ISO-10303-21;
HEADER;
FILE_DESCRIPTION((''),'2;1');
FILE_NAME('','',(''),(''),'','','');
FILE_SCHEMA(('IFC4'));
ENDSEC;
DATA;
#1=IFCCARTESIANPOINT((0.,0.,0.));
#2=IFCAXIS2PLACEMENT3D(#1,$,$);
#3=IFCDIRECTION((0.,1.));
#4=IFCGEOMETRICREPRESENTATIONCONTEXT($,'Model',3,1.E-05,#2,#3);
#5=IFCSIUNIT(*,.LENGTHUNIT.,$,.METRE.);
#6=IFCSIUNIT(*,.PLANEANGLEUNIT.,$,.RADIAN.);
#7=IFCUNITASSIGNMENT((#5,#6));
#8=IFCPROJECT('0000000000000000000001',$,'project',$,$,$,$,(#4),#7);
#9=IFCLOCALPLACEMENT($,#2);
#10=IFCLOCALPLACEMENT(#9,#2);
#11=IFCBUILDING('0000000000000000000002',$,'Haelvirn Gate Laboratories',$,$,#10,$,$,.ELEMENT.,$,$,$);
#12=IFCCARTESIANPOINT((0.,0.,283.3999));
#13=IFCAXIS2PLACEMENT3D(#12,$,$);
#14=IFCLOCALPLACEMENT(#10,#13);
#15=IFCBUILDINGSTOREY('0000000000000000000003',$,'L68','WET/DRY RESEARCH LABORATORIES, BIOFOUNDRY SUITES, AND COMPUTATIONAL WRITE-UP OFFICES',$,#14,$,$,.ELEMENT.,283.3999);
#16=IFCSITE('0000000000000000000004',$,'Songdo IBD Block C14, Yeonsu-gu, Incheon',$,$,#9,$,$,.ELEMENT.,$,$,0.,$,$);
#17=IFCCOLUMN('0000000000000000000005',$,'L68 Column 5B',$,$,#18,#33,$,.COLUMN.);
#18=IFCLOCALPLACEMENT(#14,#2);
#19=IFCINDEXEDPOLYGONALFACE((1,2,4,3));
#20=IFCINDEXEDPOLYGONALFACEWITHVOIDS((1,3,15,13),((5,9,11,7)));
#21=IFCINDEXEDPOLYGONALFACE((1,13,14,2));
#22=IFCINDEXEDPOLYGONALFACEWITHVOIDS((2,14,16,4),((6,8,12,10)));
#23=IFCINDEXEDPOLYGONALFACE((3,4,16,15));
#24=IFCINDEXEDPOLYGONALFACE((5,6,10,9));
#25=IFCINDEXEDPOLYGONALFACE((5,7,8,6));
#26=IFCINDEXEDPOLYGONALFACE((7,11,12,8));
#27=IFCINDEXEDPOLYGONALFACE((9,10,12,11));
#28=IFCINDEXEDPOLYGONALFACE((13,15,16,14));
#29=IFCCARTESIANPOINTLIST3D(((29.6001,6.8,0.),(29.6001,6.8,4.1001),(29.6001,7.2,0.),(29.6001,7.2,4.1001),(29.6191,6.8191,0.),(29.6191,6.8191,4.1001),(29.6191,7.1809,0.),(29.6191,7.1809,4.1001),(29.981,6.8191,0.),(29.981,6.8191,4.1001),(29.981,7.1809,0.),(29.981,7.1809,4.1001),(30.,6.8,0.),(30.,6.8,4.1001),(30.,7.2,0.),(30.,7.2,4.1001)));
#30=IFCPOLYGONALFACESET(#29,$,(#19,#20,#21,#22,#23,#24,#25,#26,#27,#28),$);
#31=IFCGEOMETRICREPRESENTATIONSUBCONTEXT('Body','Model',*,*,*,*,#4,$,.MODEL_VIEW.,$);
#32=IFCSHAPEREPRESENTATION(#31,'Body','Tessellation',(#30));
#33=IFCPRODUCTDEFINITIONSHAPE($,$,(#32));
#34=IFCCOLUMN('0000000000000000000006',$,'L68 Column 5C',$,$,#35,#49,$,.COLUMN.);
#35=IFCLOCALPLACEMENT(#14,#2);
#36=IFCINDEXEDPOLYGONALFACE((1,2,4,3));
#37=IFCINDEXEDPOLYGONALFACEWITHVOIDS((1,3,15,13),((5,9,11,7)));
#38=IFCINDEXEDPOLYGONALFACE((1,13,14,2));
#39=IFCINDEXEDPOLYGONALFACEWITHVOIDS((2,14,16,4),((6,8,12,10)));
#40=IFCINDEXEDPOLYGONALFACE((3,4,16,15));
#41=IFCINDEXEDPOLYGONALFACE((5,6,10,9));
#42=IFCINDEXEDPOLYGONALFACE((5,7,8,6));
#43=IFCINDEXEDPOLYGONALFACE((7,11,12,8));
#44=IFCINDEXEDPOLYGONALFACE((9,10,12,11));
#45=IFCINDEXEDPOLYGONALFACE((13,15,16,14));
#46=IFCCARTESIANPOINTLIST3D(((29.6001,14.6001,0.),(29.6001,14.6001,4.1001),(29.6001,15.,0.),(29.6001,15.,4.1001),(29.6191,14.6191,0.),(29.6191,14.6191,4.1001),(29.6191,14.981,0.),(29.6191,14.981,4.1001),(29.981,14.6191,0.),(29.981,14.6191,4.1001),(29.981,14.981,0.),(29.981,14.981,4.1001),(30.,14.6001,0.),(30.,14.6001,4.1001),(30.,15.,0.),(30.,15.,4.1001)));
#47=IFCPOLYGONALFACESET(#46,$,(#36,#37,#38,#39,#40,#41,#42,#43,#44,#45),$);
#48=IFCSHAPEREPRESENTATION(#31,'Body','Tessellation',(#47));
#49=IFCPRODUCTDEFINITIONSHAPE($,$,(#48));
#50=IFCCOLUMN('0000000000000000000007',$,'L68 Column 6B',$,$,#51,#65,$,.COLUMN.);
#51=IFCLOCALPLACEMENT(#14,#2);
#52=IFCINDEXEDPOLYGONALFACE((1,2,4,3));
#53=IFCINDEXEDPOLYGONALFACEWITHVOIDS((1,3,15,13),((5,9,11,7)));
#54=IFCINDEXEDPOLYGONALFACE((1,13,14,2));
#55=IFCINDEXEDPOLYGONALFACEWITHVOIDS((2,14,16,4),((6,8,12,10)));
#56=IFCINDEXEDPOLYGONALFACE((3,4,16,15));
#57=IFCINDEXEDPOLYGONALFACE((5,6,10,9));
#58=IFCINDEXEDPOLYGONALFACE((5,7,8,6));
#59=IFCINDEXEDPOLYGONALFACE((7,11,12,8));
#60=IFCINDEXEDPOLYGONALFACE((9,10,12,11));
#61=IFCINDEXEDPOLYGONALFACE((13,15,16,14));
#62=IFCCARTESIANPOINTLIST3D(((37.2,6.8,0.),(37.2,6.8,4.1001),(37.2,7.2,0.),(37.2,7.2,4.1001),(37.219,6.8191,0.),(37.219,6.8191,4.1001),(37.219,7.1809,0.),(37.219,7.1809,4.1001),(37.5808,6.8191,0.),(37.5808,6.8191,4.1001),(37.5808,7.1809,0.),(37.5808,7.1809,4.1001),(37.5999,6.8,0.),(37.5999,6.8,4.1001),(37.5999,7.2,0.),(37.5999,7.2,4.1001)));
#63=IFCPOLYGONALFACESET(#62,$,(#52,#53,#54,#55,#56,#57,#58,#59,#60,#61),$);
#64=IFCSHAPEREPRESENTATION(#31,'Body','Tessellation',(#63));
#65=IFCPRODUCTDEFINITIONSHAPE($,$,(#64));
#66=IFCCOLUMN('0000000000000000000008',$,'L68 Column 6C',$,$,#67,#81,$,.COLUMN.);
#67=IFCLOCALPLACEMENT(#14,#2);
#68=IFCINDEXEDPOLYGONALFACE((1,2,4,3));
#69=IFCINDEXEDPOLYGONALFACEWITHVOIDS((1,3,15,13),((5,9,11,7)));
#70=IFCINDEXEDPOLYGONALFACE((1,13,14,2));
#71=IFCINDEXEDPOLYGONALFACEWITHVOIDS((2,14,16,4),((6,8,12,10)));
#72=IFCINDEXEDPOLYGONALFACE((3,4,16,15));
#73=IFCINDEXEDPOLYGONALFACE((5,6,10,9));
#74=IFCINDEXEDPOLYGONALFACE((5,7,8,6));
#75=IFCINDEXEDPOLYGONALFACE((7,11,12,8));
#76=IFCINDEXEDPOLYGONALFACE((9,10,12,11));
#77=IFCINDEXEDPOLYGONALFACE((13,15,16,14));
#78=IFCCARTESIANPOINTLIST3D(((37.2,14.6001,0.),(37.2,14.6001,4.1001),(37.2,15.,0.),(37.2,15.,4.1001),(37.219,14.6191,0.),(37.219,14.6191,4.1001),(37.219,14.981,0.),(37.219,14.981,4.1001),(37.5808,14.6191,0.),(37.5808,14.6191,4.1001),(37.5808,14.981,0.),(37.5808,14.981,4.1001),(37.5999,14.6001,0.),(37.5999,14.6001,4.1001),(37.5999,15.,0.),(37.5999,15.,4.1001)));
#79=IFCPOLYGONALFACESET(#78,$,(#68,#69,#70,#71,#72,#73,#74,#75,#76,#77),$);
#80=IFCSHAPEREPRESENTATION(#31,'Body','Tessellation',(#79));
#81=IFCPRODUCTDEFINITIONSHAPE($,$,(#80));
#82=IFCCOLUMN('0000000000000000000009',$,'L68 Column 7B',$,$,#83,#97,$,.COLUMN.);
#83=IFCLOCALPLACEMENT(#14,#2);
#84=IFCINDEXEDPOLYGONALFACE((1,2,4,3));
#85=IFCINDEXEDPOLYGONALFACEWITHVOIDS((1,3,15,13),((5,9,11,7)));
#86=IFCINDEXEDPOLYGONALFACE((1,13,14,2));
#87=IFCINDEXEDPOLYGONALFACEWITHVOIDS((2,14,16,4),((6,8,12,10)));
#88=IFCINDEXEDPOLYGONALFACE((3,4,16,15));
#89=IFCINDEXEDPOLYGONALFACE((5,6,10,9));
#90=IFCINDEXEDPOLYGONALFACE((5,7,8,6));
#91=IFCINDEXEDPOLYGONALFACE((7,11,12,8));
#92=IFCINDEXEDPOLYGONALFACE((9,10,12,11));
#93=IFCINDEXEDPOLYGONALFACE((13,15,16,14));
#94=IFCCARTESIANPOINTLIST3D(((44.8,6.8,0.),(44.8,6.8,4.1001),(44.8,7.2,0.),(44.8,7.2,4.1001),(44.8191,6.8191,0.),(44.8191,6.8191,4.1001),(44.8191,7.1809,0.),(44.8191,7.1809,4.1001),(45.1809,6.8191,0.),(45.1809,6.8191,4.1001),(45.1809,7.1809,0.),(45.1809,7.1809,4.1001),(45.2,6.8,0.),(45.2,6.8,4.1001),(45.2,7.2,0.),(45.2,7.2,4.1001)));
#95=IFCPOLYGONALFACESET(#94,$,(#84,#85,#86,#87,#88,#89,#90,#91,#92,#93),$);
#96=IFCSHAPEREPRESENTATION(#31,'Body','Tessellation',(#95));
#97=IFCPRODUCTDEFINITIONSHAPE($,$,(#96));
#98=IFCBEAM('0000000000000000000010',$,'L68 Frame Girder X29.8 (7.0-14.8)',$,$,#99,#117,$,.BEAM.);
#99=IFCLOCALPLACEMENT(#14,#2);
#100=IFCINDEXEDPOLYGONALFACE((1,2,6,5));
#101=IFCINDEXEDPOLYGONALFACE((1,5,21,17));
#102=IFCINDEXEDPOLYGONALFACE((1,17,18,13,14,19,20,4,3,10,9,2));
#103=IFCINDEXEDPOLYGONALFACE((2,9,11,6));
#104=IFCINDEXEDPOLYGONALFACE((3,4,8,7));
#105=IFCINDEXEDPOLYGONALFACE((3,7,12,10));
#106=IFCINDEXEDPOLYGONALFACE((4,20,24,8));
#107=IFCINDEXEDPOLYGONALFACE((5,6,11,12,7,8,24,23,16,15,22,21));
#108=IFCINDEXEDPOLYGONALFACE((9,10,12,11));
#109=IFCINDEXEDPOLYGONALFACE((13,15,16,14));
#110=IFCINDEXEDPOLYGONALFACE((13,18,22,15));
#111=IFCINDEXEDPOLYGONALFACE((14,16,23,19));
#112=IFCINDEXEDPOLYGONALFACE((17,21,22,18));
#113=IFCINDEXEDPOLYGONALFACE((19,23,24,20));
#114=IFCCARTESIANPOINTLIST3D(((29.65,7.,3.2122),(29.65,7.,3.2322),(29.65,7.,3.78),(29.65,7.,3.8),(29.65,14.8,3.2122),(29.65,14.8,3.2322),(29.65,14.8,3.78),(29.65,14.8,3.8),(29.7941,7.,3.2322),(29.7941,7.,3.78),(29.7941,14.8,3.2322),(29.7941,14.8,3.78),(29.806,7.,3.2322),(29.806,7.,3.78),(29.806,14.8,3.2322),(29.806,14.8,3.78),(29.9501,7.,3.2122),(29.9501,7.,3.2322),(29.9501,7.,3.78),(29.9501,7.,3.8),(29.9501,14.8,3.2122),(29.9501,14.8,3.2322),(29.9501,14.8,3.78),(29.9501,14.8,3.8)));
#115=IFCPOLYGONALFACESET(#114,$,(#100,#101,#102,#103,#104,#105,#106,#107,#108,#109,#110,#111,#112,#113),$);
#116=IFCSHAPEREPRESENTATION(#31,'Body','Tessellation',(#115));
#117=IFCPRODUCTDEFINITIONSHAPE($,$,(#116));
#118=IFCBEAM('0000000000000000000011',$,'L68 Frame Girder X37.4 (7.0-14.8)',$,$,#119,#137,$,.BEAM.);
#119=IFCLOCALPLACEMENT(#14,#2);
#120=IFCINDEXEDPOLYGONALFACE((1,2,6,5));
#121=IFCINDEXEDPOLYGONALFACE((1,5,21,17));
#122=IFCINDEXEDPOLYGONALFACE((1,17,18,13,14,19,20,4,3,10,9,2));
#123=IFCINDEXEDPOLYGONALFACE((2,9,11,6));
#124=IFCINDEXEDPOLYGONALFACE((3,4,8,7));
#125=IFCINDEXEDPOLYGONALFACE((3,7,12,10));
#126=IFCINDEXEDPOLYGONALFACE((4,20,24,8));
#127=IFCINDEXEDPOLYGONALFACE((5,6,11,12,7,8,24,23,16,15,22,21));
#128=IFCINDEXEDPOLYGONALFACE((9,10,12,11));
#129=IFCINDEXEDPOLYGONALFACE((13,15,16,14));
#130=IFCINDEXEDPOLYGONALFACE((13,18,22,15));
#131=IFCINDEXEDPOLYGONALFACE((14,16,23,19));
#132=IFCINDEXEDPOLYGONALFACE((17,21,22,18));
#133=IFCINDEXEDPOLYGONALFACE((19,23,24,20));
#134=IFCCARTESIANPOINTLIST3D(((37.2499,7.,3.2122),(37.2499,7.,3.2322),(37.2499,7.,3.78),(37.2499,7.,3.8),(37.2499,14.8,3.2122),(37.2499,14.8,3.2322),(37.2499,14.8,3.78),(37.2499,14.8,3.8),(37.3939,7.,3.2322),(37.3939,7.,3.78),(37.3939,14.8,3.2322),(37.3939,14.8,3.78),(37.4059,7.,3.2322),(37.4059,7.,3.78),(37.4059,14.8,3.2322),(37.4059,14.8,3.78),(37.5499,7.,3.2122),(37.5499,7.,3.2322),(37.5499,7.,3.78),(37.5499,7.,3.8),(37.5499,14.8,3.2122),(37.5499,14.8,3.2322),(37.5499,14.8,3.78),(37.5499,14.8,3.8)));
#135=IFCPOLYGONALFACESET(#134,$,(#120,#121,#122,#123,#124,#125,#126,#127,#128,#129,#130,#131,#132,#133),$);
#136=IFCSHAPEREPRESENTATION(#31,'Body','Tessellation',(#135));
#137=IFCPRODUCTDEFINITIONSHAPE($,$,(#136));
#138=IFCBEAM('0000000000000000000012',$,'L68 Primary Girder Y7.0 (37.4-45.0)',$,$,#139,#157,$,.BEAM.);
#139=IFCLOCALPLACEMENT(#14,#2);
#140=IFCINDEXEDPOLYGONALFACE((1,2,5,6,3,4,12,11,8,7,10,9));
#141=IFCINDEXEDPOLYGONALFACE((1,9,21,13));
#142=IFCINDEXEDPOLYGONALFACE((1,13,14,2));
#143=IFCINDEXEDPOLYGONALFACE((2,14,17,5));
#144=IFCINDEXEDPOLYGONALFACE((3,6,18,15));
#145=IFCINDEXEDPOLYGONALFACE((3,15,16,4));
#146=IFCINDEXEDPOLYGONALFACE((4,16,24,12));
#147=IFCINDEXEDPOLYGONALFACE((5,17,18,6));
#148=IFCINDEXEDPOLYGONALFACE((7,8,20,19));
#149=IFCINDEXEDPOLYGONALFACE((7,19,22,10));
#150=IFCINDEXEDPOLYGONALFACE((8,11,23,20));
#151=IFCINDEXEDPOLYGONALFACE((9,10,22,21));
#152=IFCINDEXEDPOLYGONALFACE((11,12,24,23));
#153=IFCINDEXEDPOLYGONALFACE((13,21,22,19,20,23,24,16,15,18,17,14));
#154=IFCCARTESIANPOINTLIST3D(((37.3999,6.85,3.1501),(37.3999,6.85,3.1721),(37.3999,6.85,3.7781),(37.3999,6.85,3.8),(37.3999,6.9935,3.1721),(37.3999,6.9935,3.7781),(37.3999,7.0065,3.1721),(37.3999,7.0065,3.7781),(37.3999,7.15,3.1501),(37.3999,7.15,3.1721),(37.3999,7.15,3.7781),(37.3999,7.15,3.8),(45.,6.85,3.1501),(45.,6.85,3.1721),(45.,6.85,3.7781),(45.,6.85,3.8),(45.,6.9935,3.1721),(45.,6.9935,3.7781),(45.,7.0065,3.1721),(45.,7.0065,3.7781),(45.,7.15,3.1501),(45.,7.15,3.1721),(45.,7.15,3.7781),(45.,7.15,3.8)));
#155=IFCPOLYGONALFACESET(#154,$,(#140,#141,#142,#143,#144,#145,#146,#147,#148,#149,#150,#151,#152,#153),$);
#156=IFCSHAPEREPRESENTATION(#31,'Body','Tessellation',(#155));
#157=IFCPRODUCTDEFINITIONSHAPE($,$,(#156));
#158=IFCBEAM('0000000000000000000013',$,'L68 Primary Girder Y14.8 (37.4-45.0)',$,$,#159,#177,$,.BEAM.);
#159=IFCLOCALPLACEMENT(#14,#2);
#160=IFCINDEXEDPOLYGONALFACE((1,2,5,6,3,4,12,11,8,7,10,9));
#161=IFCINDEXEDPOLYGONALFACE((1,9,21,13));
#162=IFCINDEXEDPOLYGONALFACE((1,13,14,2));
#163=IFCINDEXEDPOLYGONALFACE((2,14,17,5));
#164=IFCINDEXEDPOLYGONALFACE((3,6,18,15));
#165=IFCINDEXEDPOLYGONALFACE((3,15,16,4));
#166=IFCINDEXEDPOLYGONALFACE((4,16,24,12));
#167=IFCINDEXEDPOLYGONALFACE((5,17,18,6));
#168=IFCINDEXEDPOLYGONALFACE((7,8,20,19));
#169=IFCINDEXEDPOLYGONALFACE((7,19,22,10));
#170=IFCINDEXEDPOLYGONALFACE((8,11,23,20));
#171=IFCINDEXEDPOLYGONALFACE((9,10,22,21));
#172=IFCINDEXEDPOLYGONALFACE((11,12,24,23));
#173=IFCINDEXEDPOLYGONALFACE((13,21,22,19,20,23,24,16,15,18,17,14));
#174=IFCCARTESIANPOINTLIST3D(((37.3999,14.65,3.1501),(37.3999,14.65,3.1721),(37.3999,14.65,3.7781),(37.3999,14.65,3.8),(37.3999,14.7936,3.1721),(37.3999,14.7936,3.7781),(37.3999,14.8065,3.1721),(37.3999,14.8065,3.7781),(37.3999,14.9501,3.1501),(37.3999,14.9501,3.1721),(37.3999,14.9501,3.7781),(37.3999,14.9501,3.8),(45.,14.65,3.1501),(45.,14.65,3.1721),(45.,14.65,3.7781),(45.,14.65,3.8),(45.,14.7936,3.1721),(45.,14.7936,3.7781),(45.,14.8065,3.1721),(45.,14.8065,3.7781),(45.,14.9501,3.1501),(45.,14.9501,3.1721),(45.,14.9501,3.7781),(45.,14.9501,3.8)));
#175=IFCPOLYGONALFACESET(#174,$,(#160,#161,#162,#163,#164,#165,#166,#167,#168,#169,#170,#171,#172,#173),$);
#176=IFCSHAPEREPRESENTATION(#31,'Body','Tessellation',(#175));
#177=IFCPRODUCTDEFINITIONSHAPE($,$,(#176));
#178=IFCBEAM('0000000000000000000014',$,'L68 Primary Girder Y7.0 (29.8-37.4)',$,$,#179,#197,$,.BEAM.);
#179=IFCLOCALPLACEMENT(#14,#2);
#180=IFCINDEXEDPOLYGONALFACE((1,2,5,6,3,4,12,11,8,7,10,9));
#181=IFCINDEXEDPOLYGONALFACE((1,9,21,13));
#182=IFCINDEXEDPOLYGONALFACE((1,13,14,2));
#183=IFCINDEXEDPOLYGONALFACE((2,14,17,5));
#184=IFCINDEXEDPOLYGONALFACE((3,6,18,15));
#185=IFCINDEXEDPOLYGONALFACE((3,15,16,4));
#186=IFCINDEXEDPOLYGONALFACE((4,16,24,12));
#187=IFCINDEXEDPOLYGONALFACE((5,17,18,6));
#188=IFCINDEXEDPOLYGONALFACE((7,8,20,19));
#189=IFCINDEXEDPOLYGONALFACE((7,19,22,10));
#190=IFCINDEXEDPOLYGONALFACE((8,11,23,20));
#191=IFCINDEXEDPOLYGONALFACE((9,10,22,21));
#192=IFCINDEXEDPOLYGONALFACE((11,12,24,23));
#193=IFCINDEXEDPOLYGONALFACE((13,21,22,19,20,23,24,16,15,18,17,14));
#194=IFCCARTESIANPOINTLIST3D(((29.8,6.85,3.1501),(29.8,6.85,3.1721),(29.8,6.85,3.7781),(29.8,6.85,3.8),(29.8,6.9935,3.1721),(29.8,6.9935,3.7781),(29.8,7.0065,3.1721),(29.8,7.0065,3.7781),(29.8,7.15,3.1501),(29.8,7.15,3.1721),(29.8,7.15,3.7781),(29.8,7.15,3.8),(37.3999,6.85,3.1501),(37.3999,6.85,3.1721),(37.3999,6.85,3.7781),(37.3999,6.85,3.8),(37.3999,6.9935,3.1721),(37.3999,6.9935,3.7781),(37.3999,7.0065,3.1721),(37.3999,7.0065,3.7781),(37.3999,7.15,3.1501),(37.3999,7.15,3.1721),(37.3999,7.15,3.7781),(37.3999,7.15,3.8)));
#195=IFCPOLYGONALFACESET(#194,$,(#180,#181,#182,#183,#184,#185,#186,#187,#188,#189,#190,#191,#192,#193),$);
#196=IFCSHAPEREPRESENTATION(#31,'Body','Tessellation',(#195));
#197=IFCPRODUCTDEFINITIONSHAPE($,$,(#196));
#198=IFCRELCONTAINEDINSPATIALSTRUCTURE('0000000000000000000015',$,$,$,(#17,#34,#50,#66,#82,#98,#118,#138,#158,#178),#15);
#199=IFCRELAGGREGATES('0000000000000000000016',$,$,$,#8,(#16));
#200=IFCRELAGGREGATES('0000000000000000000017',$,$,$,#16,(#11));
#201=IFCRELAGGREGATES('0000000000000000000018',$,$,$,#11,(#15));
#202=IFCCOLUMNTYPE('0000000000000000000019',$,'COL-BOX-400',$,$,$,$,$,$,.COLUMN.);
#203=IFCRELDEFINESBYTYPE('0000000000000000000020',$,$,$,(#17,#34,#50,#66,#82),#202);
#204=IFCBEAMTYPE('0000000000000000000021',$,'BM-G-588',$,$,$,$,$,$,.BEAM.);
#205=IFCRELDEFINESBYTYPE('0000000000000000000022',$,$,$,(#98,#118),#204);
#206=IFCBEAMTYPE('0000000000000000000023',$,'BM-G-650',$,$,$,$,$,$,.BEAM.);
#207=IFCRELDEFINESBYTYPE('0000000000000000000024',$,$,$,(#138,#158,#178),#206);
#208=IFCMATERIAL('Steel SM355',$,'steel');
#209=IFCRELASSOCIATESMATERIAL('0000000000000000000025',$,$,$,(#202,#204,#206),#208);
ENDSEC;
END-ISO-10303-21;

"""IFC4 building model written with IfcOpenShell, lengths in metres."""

from ifc_helpers import new_model, si_unit, direction, frame, origin, origin_2d, place, context, subcontext, project, spatial, hollow_rectangle, i_section, extrude, source, transform, mapped, material, material_profile, profile_set, type_object, type_shapes, element, save


model = new_model("IFC4")

# Units and contexts
model_context = context("Model", 3, precision=1e-05, world=origin(), true_north=direction((0.0, 1.0)))
body_context = subcontext(model_context, "Body", "Model", "MODEL_VIEW")
ifc_project = project(units=[si_unit("LENGTHUNIT", "METRE"), si_unit("PLANEANGLEUNIT", "RADIAN")], contexts=[model_context])

# Site, building, storey
site_placement = place(None, origin())
site = spatial("IfcSite", under=ifc_project, at=site_placement, Name="Songdo IBD Block C14, Yeonsu-gu, Incheon", CompositionType="ELEMENT", RefElevation=0.0)
building_placement = place(site_placement, origin())
building = spatial("IfcBuilding", under=site, at=building_placement, Name="Haelvirn Gate Laboratories", CompositionType="ELEMENT")
storey_placement = place(building_placement, frame((0.0, 0.0, 283.3999)))
storey = spatial("IfcBuildingStorey", under=building, at=storey_placement, Name="L68", Description="WET/DRY RESEARCH LABORATORIES, BIOFOUNDRY SUITES, AND COMPUTATIONAL WRITE-UP OFFICES", CompositionType="ELEMENT", Elevation=283.3999)

# Columns
ifc_material_1 = material(Name="Steel SM355", Category="steel")
ifc_material_profile_1 = material_profile(ifc_material_1, hollow_rectangle(XDim=0.3999, YDim=0.3999, WallThickness=0.019, at=origin_2d()), Name="BOX-400x400x19")
ifc_profile_set_1 = profile_set([ifc_material_profile_1], Name="Steel SM355")
column_type = type_object("IfcColumnType", Name="COL-BOX-400", PredefinedType="COLUMN", material=ifc_profile_set_1)
shared_shape_1 = source(origin(), body_context, "Body", "SweptSolid", [
    extrude(hollow_rectangle(XDim=0.3999, YDim=0.3999, WallThickness=0.019, at=origin_2d()), origin(), (0.0, 0.0, 1.0), 4.1001),
])
type_shapes(column_type, [shared_shape_1])
for number, where, z_axis, x_axis, name in (
    (1, (29.8, 7.0, 0.0), (0.0, 0.0, 1.0), (1.0, 0.0, 0.0), "L68 Column 5B"),
    (2, (29.8, 14.8, 0.0), (0.0, 0.0, 1.0), (1.0, 0.0, 0.0), "L68 Column 5C"),
    (3, (37.3999, 7.0, 0.0), (0.0, 0.0, 1.0), (1.0, 0.0, 0.0), "L68 Column 6B"),
    (4, (37.3999, 14.8, 0.0), (0.0, 0.0, 1.0), (1.0, 0.0, 0.0), "L68 Column 6C"),
    (5, (45.0, 7.0, 0.0), (0.0, 0.0, 1.0), (1.0, 0.0, 0.0), "L68 Column 7B"),
):
    element("IfcColumn", number, at=place(storey_placement, frame(where, z_axis=z_axis, x_axis=x_axis)), inside=storey, type_object=column_type, Name=name, PredefinedType="COLUMN", context=body_context, shape_type="MappedRepresentation", body=[
        mapped(shared_shape_1, transform((0.0, 0.0, 0.0), scale=1.0)),
    ])

# Beams
ifc_material_profile_2 = material_profile(ifc_material_1, i_section(OverallWidth=0.3, OverallDepth=0.5879, WebThickness=0.012, FlangeThickness=0.02, at=origin_2d()), Name="H-588x300x12x20")
ifc_profile_set_2 = profile_set([ifc_material_profile_2], Name="Steel SM355")
beam_type_1 = type_object("IfcBeamType", Name="BM-G-588", PredefinedType="BEAM", material=ifc_profile_set_2)
shared_shape_2 = source(origin(), body_context, "Body", "SweptSolid", [
    extrude(i_section(OverallWidth=0.3, OverallDepth=0.5879, WebThickness=0.012, FlangeThickness=0.02, at=origin_2d()), origin(), (0.0, 0.0, 1.0), 7.8),
])
type_shapes(beam_type_1, [shared_shape_2])
for number, where, z_axis, x_axis, name in (
    (6, (29.8, 7.0, 3.5061), (0.0, 1.0, 0.0), (-1.0, 0.0, 0.0), "L68 Frame Girder X29.8 (7.0-14.8)"),
    (7, (37.3999, 7.0, 3.5061), (0.0, 1.0, 0.0), (-1.0, 0.0, 0.0), "L68 Frame Girder X37.4 (7.0-14.8)"),
):
    element("IfcBeam", number, at=place(storey_placement, frame(where, z_axis=z_axis, x_axis=x_axis)), inside=storey, type_object=beam_type_1, Name=name, PredefinedType="BEAM", context=body_context, shape_type="MappedRepresentation", body=[
        mapped(shared_shape_2, transform((0.0, 0.0, 0.0), scale=1.0)),
    ])
ifc_material_profile_3 = material_profile(ifc_material_1, i_section(OverallWidth=0.3, OverallDepth=0.6499, WebThickness=0.0129, FlangeThickness=0.022, at=origin_2d()), Name="H-650x300x13x22")
ifc_profile_set_3 = profile_set([ifc_material_profile_3], Name="Steel SM355")
beam_type_2 = type_object("IfcBeamType", Name="BM-G-650", PredefinedType="BEAM", material=ifc_profile_set_3)
shared_shape_3 = source(origin(), body_context, "Body", "SweptSolid", [
    extrude(i_section(OverallWidth=0.3, OverallDepth=0.6499, WebThickness=0.0129, FlangeThickness=0.022, at=origin_2d()), origin(), (0.0, 0.0, 1.0), 7.6001),
])
for number, where, z_axis, x_axis, name in (
    (8, (37.3999, 7.0, 3.4751), (1.0, 0.0, 0.0), (0.0, 1.0, 0.0), "L68 Primary Girder Y7.0 (37.4-45.0)"),
    (9, (37.3999, 14.8, 3.4751), (1.0, 0.0, 0.0), (0.0, 1.0, 0.0), "L68 Primary Girder Y14.8 (37.4-45.0)"),
):
    element("IfcBeam", number, at=place(storey_placement, frame(where, z_axis=z_axis, x_axis=x_axis)), inside=storey, type_object=beam_type_2, Name=name, PredefinedType="BEAM", context=body_context, shape_type="MappedRepresentation", body=[
        mapped(shared_shape_3, transform((0.0, 0.0, 0.0), scale=1.0)),
    ])
shared_shape_4 = source(origin(), body_context, "Body", "SweptSolid", [
    extrude(i_section(OverallWidth=0.3, OverallDepth=0.6499, WebThickness=0.0129, FlangeThickness=0.022, at=origin_2d()), origin(), (0.0, 0.0, 1.0), 7.5999),
])
type_shapes(beam_type_2, [shared_shape_3, shared_shape_4])
for number, where, z_axis, x_axis, name in (
    (10, (29.8, 7.0, 3.4751), (1.0, 0.0, 0.0), (0.0, 1.0, 0.0), "L68 Primary Girder Y7.0 (29.8-37.4)"),
):
    element("IfcBeam", number, at=place(storey_placement, frame(where, z_axis=z_axis, x_axis=x_axis)), inside=storey, type_object=beam_type_2, Name=name, PredefinedType="BEAM", context=body_context, shape_type="MappedRepresentation", body=[
        mapped(shared_shape_4, transform((0.0, 0.0, 0.0), scale=1.0)),
    ])

save(model, "model.ifc")
